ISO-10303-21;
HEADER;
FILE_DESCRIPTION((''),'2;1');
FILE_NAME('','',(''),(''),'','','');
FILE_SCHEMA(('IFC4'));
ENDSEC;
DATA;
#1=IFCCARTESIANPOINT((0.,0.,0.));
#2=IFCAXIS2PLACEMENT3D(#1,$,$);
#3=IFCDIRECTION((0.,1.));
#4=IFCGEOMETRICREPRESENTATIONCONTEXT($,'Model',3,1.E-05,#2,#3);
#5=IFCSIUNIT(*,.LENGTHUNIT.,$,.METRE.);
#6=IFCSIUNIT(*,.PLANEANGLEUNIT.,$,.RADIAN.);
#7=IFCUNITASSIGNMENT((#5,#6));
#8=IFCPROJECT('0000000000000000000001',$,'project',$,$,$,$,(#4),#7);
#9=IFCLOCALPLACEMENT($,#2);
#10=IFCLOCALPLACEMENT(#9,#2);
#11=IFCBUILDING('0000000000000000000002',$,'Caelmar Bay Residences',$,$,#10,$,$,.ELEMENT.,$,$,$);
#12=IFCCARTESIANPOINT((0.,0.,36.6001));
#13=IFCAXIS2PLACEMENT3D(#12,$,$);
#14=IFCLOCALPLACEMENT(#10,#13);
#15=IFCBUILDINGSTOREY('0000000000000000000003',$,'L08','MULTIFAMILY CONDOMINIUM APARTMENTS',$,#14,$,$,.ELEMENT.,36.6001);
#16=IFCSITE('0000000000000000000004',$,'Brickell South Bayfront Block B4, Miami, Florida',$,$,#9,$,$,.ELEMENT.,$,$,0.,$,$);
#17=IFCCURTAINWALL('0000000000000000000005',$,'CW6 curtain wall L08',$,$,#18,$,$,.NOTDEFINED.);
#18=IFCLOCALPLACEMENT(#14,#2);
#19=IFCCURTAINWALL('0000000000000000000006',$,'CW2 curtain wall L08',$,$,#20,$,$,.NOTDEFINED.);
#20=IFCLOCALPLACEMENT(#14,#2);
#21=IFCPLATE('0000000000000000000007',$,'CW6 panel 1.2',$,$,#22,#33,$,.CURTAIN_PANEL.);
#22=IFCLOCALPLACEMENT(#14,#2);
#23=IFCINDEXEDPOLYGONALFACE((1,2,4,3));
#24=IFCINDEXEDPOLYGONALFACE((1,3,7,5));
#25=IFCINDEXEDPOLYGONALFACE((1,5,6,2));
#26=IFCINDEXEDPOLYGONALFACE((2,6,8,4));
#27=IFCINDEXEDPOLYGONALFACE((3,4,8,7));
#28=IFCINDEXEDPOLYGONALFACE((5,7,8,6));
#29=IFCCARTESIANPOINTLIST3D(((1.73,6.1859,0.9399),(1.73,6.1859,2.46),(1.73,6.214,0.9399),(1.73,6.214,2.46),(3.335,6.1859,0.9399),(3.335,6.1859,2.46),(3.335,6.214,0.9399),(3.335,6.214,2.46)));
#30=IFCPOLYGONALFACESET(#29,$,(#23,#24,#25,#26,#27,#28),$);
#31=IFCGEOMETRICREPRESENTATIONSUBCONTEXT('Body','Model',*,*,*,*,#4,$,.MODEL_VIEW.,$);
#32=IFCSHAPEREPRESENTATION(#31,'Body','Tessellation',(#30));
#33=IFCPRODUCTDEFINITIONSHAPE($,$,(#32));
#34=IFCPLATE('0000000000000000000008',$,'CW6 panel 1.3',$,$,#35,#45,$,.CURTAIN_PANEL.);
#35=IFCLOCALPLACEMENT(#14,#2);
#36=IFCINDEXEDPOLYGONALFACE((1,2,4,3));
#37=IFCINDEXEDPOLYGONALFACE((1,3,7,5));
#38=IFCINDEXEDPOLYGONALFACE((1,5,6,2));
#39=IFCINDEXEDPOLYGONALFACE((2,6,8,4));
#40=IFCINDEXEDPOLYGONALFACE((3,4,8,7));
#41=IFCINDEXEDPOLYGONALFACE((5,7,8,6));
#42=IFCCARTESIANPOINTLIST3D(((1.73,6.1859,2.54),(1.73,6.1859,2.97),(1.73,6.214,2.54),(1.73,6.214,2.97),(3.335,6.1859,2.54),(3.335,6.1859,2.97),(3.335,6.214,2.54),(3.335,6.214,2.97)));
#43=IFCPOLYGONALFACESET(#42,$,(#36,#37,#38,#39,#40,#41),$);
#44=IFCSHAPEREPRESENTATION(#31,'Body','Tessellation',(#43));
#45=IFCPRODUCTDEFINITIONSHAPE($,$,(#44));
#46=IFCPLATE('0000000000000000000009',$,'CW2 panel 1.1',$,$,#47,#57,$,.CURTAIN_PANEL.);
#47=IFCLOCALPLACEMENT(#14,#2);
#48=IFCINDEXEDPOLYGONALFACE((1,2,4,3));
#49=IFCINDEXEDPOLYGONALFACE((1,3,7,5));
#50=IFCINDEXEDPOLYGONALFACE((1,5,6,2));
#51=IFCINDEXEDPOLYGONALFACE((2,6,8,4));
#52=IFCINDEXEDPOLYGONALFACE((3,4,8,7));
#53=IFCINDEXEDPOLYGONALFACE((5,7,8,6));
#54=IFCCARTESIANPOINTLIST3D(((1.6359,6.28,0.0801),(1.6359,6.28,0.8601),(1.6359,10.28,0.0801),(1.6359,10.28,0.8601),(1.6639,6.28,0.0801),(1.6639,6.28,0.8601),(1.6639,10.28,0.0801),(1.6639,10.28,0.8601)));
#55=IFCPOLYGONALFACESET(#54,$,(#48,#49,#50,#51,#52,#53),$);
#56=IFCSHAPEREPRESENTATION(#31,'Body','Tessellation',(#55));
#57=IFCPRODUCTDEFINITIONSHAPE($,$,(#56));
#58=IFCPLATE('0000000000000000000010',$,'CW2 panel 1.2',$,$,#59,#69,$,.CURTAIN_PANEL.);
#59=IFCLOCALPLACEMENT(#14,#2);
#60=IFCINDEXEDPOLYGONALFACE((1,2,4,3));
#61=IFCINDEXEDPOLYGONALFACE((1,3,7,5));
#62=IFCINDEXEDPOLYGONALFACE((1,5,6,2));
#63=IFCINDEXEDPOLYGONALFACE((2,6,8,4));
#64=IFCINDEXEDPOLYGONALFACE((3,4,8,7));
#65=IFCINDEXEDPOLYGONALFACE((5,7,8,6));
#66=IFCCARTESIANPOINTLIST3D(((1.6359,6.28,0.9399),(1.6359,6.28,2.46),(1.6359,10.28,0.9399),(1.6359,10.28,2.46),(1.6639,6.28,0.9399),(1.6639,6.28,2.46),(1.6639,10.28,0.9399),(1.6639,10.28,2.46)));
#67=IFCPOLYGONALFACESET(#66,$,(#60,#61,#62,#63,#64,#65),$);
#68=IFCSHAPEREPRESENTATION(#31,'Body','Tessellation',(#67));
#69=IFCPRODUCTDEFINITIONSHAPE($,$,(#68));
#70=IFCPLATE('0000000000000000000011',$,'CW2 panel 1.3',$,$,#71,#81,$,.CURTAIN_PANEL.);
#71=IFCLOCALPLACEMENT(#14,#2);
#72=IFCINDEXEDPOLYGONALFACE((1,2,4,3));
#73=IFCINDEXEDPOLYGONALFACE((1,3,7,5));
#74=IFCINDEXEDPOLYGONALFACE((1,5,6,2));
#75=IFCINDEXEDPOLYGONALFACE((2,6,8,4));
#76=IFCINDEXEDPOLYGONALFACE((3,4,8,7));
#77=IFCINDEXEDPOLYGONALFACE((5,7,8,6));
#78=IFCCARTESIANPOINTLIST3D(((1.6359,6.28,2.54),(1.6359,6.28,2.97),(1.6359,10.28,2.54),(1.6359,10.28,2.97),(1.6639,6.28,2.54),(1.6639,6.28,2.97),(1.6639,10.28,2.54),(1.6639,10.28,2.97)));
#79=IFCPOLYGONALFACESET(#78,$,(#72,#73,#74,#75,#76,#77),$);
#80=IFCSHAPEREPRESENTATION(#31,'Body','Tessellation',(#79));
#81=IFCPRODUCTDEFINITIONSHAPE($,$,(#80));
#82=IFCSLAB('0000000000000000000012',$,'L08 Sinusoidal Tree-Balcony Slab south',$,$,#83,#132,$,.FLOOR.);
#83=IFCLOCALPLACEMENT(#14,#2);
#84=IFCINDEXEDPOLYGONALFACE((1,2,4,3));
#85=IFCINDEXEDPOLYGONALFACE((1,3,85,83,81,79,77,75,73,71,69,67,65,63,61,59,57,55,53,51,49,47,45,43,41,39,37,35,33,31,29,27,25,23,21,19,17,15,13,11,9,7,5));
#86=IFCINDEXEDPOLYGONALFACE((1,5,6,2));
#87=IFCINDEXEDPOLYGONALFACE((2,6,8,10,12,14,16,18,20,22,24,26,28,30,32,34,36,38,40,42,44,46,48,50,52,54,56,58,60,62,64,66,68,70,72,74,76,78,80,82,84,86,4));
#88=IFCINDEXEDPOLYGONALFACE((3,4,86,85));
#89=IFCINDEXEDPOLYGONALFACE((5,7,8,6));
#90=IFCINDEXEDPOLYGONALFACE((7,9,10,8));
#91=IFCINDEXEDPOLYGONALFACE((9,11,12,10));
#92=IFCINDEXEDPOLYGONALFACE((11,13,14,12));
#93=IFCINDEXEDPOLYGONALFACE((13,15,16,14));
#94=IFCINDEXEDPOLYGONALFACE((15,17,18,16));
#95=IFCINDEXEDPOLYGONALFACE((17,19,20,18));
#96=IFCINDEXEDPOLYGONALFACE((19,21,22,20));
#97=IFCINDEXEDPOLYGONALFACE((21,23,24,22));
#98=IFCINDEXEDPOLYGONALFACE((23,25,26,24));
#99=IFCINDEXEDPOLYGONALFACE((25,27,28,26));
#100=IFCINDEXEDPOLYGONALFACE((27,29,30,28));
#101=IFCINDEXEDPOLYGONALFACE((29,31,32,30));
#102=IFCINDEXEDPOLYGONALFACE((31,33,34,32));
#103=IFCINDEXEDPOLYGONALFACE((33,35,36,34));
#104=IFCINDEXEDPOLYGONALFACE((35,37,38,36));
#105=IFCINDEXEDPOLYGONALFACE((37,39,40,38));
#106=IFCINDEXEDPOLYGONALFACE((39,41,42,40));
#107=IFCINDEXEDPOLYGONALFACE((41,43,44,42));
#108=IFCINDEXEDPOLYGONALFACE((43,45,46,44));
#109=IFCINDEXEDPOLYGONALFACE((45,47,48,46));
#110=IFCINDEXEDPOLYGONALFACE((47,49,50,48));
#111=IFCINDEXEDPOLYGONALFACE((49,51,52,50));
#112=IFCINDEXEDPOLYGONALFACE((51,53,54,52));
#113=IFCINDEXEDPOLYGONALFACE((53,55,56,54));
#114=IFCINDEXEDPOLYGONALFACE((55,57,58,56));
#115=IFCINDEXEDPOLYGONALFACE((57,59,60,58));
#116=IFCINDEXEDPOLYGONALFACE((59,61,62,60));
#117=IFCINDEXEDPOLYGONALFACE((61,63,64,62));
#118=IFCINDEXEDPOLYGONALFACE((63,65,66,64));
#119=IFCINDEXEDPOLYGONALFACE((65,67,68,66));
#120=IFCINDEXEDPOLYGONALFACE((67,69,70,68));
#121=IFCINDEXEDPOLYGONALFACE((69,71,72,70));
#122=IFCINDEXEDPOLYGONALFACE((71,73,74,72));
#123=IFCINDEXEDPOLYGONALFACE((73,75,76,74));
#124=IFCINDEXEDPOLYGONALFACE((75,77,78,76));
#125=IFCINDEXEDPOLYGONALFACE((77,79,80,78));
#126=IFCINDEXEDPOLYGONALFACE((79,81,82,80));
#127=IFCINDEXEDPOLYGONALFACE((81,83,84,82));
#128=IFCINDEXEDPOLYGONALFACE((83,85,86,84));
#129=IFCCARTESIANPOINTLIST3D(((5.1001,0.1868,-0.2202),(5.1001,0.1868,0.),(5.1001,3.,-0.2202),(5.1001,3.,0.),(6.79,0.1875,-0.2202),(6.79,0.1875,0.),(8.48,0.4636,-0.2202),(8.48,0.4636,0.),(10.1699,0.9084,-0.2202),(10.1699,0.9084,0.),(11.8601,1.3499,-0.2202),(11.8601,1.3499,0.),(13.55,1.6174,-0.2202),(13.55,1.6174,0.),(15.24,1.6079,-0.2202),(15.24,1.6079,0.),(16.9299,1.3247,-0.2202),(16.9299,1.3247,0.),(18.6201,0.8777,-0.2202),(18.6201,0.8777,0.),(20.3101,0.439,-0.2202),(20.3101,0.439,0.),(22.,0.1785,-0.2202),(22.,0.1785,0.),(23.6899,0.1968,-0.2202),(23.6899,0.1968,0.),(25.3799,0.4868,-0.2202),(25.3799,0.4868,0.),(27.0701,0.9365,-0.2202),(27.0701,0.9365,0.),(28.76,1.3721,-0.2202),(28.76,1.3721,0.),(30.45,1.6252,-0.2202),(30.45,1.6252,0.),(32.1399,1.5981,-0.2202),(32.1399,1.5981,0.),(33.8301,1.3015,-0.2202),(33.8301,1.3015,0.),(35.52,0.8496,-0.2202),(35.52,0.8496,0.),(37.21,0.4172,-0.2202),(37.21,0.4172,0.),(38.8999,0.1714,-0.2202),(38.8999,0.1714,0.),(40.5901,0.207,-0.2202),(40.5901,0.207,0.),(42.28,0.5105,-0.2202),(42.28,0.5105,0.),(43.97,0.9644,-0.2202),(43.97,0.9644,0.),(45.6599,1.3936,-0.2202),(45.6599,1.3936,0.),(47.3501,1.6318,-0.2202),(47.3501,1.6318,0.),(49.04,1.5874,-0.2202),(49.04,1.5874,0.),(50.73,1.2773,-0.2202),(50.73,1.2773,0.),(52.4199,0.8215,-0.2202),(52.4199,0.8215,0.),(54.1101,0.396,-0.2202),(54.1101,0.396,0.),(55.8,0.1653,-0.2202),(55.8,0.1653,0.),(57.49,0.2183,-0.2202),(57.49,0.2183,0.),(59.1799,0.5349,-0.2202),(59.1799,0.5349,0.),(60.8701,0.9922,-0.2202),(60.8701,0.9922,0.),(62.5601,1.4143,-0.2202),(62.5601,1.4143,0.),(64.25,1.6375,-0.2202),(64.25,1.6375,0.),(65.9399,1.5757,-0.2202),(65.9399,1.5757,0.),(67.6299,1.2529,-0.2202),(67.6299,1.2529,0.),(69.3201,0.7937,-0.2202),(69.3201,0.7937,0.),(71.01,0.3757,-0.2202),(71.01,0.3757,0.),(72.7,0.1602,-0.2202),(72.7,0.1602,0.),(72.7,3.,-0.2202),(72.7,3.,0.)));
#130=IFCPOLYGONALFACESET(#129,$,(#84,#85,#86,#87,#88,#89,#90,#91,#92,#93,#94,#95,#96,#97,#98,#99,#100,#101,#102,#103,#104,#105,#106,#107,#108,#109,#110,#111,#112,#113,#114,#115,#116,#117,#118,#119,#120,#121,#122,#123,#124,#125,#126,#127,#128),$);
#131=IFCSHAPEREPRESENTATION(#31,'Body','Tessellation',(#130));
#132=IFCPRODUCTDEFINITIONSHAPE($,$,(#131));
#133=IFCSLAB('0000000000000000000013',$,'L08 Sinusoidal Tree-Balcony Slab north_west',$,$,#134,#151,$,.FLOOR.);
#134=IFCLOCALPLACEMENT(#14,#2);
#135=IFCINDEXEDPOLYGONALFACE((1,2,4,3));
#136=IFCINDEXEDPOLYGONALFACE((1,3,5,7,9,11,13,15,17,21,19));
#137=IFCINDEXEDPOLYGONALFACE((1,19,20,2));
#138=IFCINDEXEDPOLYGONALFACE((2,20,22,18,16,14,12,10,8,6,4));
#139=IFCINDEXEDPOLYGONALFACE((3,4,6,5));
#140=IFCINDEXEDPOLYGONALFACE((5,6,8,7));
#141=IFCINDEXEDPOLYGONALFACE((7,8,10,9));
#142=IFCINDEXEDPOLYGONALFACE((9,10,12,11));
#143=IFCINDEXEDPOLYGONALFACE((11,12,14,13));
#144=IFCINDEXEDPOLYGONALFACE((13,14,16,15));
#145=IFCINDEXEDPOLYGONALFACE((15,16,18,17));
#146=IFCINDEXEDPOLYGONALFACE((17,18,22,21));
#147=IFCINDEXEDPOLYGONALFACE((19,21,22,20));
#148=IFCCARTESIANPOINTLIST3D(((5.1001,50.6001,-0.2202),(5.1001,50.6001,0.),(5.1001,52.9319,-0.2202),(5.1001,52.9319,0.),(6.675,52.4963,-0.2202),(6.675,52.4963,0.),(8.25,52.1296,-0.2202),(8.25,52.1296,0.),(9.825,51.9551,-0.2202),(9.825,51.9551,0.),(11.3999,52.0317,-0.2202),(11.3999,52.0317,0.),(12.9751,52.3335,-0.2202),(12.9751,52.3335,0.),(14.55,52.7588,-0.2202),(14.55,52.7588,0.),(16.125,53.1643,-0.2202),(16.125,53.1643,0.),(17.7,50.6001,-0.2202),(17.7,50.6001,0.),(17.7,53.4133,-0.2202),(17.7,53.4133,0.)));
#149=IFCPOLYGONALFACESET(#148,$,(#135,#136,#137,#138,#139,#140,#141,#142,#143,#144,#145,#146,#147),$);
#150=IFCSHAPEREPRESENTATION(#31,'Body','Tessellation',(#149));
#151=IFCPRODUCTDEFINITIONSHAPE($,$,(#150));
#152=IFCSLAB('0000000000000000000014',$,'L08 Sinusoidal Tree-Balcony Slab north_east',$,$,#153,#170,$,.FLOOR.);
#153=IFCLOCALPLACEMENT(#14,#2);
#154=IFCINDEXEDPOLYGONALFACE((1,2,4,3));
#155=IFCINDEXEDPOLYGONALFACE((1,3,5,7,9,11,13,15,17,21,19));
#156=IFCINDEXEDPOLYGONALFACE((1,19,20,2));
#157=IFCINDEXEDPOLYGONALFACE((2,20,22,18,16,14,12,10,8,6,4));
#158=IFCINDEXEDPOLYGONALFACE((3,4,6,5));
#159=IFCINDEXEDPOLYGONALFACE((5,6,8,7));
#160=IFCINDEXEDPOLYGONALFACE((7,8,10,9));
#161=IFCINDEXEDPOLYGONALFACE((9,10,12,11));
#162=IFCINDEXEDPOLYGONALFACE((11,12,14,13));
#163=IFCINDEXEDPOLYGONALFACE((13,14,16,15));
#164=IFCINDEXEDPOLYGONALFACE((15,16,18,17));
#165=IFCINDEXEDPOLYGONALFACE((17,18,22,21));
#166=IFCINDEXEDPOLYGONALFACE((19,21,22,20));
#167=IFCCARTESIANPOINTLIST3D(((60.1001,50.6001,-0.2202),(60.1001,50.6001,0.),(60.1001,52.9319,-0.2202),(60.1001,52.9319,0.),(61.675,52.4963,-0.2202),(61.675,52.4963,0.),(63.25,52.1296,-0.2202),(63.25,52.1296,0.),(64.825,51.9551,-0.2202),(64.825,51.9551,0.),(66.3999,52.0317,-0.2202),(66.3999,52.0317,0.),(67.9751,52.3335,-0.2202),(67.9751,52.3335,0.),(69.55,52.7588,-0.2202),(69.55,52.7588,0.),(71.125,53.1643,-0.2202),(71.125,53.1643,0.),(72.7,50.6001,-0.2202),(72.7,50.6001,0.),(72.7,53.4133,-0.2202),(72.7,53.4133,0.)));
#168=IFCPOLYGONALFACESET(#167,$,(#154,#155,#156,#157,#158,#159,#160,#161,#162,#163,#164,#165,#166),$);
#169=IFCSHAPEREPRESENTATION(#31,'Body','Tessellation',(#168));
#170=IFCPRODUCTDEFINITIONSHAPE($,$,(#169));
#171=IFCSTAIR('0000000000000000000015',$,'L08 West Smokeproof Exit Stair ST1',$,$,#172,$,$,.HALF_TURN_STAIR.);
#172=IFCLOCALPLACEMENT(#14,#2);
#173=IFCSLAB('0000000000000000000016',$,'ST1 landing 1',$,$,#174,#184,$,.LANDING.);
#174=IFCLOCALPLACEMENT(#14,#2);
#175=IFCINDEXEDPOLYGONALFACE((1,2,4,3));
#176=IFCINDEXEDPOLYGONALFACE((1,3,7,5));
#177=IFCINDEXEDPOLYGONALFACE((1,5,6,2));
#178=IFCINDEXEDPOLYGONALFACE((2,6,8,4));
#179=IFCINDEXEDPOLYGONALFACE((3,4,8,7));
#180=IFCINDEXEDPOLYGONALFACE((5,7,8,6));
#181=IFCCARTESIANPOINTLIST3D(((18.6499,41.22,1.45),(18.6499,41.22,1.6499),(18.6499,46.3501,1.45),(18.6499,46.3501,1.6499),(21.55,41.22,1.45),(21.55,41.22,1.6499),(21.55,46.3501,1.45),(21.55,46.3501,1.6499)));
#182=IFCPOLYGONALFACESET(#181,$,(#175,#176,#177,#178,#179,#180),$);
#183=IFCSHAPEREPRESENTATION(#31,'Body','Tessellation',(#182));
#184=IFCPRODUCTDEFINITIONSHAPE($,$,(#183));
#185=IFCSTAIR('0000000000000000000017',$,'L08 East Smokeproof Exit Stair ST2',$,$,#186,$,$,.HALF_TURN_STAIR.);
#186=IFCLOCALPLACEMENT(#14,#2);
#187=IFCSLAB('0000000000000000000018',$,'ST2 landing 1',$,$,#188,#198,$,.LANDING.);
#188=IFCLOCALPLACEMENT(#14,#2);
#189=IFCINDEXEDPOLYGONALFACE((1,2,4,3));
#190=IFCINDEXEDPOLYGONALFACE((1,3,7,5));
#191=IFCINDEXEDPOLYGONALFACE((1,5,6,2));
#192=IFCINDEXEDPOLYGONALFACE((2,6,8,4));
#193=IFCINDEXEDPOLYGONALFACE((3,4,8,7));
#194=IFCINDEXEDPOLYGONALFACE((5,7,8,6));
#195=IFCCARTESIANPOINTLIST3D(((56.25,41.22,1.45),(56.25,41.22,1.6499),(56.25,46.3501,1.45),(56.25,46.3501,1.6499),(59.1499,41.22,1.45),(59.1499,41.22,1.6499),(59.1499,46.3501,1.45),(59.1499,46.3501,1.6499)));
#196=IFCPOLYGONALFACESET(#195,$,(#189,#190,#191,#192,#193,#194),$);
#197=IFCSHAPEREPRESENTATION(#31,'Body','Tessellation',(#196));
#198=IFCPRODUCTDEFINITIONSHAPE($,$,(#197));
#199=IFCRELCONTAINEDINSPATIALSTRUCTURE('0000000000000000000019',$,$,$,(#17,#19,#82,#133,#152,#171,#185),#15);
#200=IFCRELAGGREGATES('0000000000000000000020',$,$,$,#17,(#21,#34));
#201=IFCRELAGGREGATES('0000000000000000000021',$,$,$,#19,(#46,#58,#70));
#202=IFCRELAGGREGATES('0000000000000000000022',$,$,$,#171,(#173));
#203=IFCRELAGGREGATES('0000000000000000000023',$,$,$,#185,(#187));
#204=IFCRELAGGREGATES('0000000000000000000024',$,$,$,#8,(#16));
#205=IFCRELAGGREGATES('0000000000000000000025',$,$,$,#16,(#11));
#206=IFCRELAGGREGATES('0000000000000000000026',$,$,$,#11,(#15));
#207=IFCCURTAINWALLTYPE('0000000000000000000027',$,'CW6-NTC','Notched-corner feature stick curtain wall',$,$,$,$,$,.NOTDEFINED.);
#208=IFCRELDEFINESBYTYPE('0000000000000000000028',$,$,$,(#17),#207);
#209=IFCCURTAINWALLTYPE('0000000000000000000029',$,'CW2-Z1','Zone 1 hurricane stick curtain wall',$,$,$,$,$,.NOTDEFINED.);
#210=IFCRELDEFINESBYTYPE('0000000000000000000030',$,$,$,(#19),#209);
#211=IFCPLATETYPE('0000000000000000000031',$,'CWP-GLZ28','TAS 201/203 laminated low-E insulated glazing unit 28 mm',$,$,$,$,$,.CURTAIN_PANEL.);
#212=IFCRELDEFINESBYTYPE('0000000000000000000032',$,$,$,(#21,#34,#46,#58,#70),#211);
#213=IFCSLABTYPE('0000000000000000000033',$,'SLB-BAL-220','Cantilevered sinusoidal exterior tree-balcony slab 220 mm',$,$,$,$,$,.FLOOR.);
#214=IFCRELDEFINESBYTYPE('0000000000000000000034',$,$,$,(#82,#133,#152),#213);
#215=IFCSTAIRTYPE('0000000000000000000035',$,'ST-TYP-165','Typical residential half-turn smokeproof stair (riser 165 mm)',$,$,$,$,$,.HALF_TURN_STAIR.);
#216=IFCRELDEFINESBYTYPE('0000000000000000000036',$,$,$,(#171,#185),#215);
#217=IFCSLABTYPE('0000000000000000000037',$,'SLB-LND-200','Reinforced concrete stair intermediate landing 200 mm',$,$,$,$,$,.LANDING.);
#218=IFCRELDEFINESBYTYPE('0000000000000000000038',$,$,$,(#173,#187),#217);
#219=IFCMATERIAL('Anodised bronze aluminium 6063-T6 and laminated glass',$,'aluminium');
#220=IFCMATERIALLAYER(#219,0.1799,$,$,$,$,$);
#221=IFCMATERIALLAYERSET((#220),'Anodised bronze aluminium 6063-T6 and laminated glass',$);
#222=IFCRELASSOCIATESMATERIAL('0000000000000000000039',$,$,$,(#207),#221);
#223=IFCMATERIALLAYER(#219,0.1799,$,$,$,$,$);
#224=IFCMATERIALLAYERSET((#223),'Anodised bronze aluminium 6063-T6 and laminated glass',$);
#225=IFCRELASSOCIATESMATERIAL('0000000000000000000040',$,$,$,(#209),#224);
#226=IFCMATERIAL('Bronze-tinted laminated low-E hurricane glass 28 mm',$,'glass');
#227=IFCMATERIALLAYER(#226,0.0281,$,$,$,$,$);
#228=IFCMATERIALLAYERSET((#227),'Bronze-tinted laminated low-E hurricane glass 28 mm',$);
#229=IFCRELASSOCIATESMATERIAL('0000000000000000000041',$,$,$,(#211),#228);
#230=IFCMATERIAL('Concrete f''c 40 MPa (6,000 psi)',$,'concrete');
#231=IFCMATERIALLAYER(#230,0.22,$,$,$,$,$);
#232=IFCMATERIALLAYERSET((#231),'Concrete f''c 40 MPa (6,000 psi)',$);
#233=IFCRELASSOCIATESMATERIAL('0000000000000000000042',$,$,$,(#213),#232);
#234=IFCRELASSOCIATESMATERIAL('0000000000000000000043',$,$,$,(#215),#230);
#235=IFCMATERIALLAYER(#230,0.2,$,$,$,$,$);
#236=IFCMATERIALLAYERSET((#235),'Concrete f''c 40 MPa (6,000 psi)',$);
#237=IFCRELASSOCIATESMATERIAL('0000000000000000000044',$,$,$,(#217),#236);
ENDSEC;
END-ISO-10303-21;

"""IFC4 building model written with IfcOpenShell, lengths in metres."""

from ifc_helpers import new_model, si_unit, direction, frame, origin, origin_2d, place, context, subcontext, project, spatial, polyline, rectangle, outline, extrude, material, layer, layer_set, type_object, element, aggregate, save


model = new_model("IFC4")

# Units and contexts
model_context = context("Model", 3, precision=1e-05, world=origin(), true_north=direction((0.0, 1.0)))
body_context = subcontext(model_context, "Body", "Model", "MODEL_VIEW")
ifc_project = project(units=[si_unit("LENGTHUNIT", "METRE"), si_unit("PLANEANGLEUNIT", "RADIAN")], contexts=[model_context])

# Site, building, storey
site_placement = place(None, origin())
site = spatial("IfcSite", under=ifc_project, at=site_placement, Name="Brickell South Bayfront Block B4, Miami, Florida", CompositionType="ELEMENT", RefElevation=0.0)
building_placement = place(site_placement, origin())
building = spatial("IfcBuilding", under=site, at=building_placement, Name="Caelmar Bay Residences", CompositionType="ELEMENT")
storey_placement = place(building_placement, frame((0.0, 0.0, 36.6001)))
storey = spatial("IfcBuildingStorey", under=building, at=storey_placement, Name="L08", Description="MULTIFAMILY CONDOMINIUM APARTMENTS", CompositionType="ELEMENT", Elevation=36.6001)

# Curtain wall
ifc_material_1 = material(Name="Anodised bronze aluminium 6063-T6 and laminated glass", Category="aluminium")
ifc_layer_1 = layer(ifc_material_1, 0.1799)
ifc_layer_set_1 = layer_set([ifc_layer_1], Name="Anodised bronze aluminium 6063-T6 and laminated glass")
curtain_wall_type_1 = type_object("IfcCurtainWallType", Name="CW6-NTC", Description="Notched-corner feature stick curtain wall", PredefinedType="NOTDEFINED", material=ifc_layer_set_1)
curtain_wall_1_placement = place(storey_placement, origin())
curtain_wall_1 = element("IfcCurtainWall", 1, at=curtain_wall_1_placement, inside=storey, type_object=curtain_wall_type_1, Name="CW6 curtain wall L08", PredefinedType="NOTDEFINED")

# Curtain wall
ifc_layer_2 = layer(ifc_material_1, 0.1799)
ifc_layer_set_2 = layer_set([ifc_layer_2], Name="Anodised bronze aluminium 6063-T6 and laminated glass")
curtain_wall_type_2 = type_object("IfcCurtainWallType", Name="CW2-Z1", Description="Zone 1 hurricane stick curtain wall", PredefinedType="NOTDEFINED", material=ifc_layer_set_2)
curtain_wall_2_placement = place(storey_placement, origin())
curtain_wall_2 = element("IfcCurtainWall", 2, at=curtain_wall_2_placement, inside=storey, type_object=curtain_wall_type_2, Name="CW2 curtain wall L08", PredefinedType="NOTDEFINED")

# Plates
ifc_material_2 = material(Name="Bronze-tinted laminated low-E hurricane glass 28 mm", Category="glass")
ifc_layer_3 = layer(ifc_material_2, 0.0281)
ifc_layer_set_3 = layer_set([ifc_layer_3], Name="Bronze-tinted laminated low-E hurricane glass 28 mm")
plate_type = type_object("IfcPlateType", Name="CWP-GLZ28", Description="TAS 201/203 laminated low-E insulated glazing unit 28 mm", PredefinedType="CURTAIN_PANEL", material=ifc_layer_set_3)
plate_1_placement = place(storey_placement, frame((2.5325, 6.2, 0.9399), z_axis=(0.0, 0.0, 1.0), x_axis=(1.0, 0.0, 0.0)))
plate_1 = element("IfcPlate", 3, at=plate_1_placement, type_object=plate_type, Name="CW6 panel 1.2", PredefinedType="CURTAIN_PANEL", context=body_context, shape_type="SweptSolid", body=[
    extrude(rectangle(XDim=1.605, YDim=0.0281, at=origin_2d()), origin(), (0.0, 0.0, 1.0), 1.52),
])
plate_2_placement = place(storey_placement, frame((2.5325, 6.2, 2.54), z_axis=(0.0, 0.0, 1.0), x_axis=(1.0, 0.0, 0.0)))
plate_2 = element("IfcPlate", 4, at=plate_2_placement, type_object=plate_type, Name="CW6 panel 1.3", PredefinedType="CURTAIN_PANEL", context=body_context, shape_type="SweptSolid", body=[
    extrude(rectangle(XDim=1.605, YDim=0.0281, at=origin_2d()), origin(), (0.0, 0.0, 1.0), 0.4299),
])
aggregate(curtain_wall_1, [plate_1, plate_2])
plate_3_placement = place(storey_placement, frame((1.6499, 8.28, 0.0801), z_axis=(0.0, 0.0, 1.0), x_axis=(0.0, 1.0, 0.0)))
plate_3 = element("IfcPlate", 5, at=plate_3_placement, type_object=plate_type, Name="CW2 panel 1.1", PredefinedType="CURTAIN_PANEL", context=body_context, shape_type="SweptSolid", body=[
    extrude(rectangle(XDim=4.0, YDim=0.0281, at=origin_2d()), origin(), (0.0, 0.0, 1.0), 0.78),
])
plate_4_placement = place(storey_placement, frame((1.6499, 8.28, 0.9399), z_axis=(0.0, 0.0, 1.0), x_axis=(0.0, 1.0, 0.0)))
plate_4 = element("IfcPlate", 6, at=plate_4_placement, type_object=plate_type, Name="CW2 panel 1.2", PredefinedType="CURTAIN_PANEL", context=body_context, shape_type="SweptSolid", body=[
    extrude(rectangle(XDim=4.0, YDim=0.0281, at=origin_2d()), origin(), (0.0, 0.0, 1.0), 1.52),
])
plate_5_placement = place(storey_placement, frame((1.6499, 8.28, 2.54), z_axis=(0.0, 0.0, 1.0), x_axis=(0.0, 1.0, 0.0)))
plate_5 = element("IfcPlate", 7, at=plate_5_placement, type_object=plate_type, Name="CW2 panel 1.3", PredefinedType="CURTAIN_PANEL", context=body_context, shape_type="SweptSolid", body=[
    extrude(rectangle(XDim=4.0, YDim=0.0281, at=origin_2d()), origin(), (0.0, 0.0, 1.0), 0.4299),
])
aggregate(curtain_wall_2, [plate_3, plate_4, plate_5])

# Slabs
ifc_material_3 = material(Name="Concrete f'c 40 MPa (6,000 psi)", Category="concrete")
ifc_layer_4 = layer(ifc_material_3, 0.22)
ifc_layer_set_4 = layer_set([ifc_layer_4], Name="Concrete f'c 40 MPa (6,000 psi)")
slab_type_1 = type_object("IfcSlabType", Name="SLB-BAL-220", Description="Cantilevered sinusoidal exterior tree-balcony slab 220 mm", PredefinedType="FLOOR", material=ifc_layer_set_4)
slab_1_placement = place(storey_placement, frame((0.0, 0.0, -0.2202)))
element("IfcSlab", 8, at=slab_1_placement, inside=storey, type_object=slab_type_1, Name="L08 Sinusoidal Tree-Balcony Slab south", PredefinedType="FLOOR", context=body_context, shape_type="SweptSolid", body=[
    extrude(outline(polyline([(5.1001, 0.1868), (6.79, 0.1875), (8.48, 0.4636), (10.1699, 0.9084), (11.8601, 1.3499), (13.55, 1.6174), (15.24, 1.6079), (16.9299, 1.3247), (18.6201, 0.8777), (20.3101, 0.439), (22.0, 0.1785), (23.6899, 0.1968), (25.3799, 0.4868), (27.0701, 0.9365), (28.76, 1.3721), (30.45, 1.6252), (32.1399, 1.5981), (33.8301, 1.3015), (35.52, 0.8496), (37.21, 0.4172), (38.8999, 0.1714), (40.5901, 0.207), (42.28, 0.5105), (43.97, 0.9644), (45.6599, 1.3936), (47.3501, 1.6318), (49.04, 1.5874), (50.73, 1.2773), (52.4199, 0.8215), (54.1101, 0.396), (55.8, 0.1653), (57.49, 0.2183), (59.1799, 0.5349), (60.8701, 0.9922), (62.5601, 1.4143), (64.25, 1.6375), (65.9399, 1.5757), (67.6299, 1.2529), (69.3201, 0.7937), (71.01, 0.3757), (72.7, 0.1602), (72.7, 3.0), (5.1001, 3.0), (5.1001, 0.1868)])), origin(), (0.0, 0.0, 1.0), 0.2202),
])
slab_2_placement = place(storey_placement, frame((0.0, 0.0, -0.2202)))
element("IfcSlab", 9, at=slab_2_placement, inside=storey, type_object=slab_type_1, Name="L08 Sinusoidal Tree-Balcony Slab north_west", PredefinedType="FLOOR", context=body_context, shape_type="SweptSolid", body=[
    extrude(outline(polyline([(5.1001, 50.6001), (17.7, 50.6001), (17.7, 53.4133), (16.125, 53.1643), (14.55, 52.7588), (12.9751, 52.3335), (11.3999, 52.0317), (9.825, 51.9551), (8.25, 52.1296), (6.675, 52.4963), (5.1001, 52.9319), (5.1001, 50.6001)])), origin(), (0.0, 0.0, 1.0), 0.2202),
])
slab_3_placement = place(storey_placement, frame((0.0, 0.0, -0.2202)))
element("IfcSlab", 10, at=slab_3_placement, inside=storey, type_object=slab_type_1, Name="L08 Sinusoidal Tree-Balcony Slab north_east", PredefinedType="FLOOR", context=body_context, shape_type="SweptSolid", body=[
    extrude(outline(polyline([(60.1001, 50.6001), (72.7, 50.6001), (72.7, 53.4133), (71.125, 53.1643), (69.55, 52.7588), (67.9751, 52.3335), (66.3999, 52.0317), (64.825, 51.9551), (63.25, 52.1296), (61.675, 52.4963), (60.1001, 52.9319), (60.1001, 50.6001)])), origin(), (0.0, 0.0, 1.0), 0.2202),
])

# Stairs, slabs
stair_type = type_object("IfcStairType", Name="ST-TYP-165", Description="Typical residential half-turn smokeproof stair (riser 165 mm)", PredefinedType="HALF_TURN_STAIR", material=ifc_material_3)
stair_1_placement = place(storey_placement, origin())
stair_1 = element("IfcStair", 11, at=stair_1_placement, inside=storey, type_object=stair_type, Name="L08 West Smokeproof Exit Stair ST1", PredefinedType="HALF_TURN_STAIR")
ifc_layer_5 = layer(ifc_material_3, 0.2)
ifc_layer_set_5 = layer_set([ifc_layer_5], Name="Concrete f'c 40 MPa (6,000 psi)")
slab_type_2 = type_object("IfcSlabType", Name="SLB-LND-200", Description="Reinforced concrete stair intermediate landing 200 mm", PredefinedType="LANDING", material=ifc_layer_set_5)
slab_4_placement = place(storey_placement, frame((0.0, 0.0, 1.45)))
slab_4 = element("IfcSlab", 12, at=slab_4_placement, type_object=slab_type_2, Name="ST1 landing 1", PredefinedType="LANDING", context=body_context, shape_type="SweptSolid", body=[
    extrude(outline(polyline([(21.55, 41.22), (21.55, 46.3501), (18.6499, 46.3501), (18.6499, 41.22), (21.55, 41.22)])), origin(), (0.0, 0.0, 1.0), 0.2),
])
aggregate(stair_1, [slab_4])
stair_2_placement = place(storey_placement, origin())
stair_2 = element("IfcStair", 13, at=stair_2_placement, inside=storey, type_object=stair_type, Name="L08 East Smokeproof Exit Stair ST2", PredefinedType="HALF_TURN_STAIR")
slab_5_placement = place(storey_placement, frame((0.0, 0.0, 1.45)))
slab_5 = element("IfcSlab", 14, at=slab_5_placement, type_object=slab_type_2, Name="ST2 landing 1", PredefinedType="LANDING", context=body_context, shape_type="SweptSolid", body=[
    extrude(outline(polyline([(59.1499, 41.22), (59.1499, 46.3501), (56.25, 46.3501), (56.25, 41.22), (59.1499, 41.22)])), origin(), (0.0, 0.0, 1.0), 0.2),
])
aggregate(stair_2, [slab_5])

save(model, "model.ifc")
